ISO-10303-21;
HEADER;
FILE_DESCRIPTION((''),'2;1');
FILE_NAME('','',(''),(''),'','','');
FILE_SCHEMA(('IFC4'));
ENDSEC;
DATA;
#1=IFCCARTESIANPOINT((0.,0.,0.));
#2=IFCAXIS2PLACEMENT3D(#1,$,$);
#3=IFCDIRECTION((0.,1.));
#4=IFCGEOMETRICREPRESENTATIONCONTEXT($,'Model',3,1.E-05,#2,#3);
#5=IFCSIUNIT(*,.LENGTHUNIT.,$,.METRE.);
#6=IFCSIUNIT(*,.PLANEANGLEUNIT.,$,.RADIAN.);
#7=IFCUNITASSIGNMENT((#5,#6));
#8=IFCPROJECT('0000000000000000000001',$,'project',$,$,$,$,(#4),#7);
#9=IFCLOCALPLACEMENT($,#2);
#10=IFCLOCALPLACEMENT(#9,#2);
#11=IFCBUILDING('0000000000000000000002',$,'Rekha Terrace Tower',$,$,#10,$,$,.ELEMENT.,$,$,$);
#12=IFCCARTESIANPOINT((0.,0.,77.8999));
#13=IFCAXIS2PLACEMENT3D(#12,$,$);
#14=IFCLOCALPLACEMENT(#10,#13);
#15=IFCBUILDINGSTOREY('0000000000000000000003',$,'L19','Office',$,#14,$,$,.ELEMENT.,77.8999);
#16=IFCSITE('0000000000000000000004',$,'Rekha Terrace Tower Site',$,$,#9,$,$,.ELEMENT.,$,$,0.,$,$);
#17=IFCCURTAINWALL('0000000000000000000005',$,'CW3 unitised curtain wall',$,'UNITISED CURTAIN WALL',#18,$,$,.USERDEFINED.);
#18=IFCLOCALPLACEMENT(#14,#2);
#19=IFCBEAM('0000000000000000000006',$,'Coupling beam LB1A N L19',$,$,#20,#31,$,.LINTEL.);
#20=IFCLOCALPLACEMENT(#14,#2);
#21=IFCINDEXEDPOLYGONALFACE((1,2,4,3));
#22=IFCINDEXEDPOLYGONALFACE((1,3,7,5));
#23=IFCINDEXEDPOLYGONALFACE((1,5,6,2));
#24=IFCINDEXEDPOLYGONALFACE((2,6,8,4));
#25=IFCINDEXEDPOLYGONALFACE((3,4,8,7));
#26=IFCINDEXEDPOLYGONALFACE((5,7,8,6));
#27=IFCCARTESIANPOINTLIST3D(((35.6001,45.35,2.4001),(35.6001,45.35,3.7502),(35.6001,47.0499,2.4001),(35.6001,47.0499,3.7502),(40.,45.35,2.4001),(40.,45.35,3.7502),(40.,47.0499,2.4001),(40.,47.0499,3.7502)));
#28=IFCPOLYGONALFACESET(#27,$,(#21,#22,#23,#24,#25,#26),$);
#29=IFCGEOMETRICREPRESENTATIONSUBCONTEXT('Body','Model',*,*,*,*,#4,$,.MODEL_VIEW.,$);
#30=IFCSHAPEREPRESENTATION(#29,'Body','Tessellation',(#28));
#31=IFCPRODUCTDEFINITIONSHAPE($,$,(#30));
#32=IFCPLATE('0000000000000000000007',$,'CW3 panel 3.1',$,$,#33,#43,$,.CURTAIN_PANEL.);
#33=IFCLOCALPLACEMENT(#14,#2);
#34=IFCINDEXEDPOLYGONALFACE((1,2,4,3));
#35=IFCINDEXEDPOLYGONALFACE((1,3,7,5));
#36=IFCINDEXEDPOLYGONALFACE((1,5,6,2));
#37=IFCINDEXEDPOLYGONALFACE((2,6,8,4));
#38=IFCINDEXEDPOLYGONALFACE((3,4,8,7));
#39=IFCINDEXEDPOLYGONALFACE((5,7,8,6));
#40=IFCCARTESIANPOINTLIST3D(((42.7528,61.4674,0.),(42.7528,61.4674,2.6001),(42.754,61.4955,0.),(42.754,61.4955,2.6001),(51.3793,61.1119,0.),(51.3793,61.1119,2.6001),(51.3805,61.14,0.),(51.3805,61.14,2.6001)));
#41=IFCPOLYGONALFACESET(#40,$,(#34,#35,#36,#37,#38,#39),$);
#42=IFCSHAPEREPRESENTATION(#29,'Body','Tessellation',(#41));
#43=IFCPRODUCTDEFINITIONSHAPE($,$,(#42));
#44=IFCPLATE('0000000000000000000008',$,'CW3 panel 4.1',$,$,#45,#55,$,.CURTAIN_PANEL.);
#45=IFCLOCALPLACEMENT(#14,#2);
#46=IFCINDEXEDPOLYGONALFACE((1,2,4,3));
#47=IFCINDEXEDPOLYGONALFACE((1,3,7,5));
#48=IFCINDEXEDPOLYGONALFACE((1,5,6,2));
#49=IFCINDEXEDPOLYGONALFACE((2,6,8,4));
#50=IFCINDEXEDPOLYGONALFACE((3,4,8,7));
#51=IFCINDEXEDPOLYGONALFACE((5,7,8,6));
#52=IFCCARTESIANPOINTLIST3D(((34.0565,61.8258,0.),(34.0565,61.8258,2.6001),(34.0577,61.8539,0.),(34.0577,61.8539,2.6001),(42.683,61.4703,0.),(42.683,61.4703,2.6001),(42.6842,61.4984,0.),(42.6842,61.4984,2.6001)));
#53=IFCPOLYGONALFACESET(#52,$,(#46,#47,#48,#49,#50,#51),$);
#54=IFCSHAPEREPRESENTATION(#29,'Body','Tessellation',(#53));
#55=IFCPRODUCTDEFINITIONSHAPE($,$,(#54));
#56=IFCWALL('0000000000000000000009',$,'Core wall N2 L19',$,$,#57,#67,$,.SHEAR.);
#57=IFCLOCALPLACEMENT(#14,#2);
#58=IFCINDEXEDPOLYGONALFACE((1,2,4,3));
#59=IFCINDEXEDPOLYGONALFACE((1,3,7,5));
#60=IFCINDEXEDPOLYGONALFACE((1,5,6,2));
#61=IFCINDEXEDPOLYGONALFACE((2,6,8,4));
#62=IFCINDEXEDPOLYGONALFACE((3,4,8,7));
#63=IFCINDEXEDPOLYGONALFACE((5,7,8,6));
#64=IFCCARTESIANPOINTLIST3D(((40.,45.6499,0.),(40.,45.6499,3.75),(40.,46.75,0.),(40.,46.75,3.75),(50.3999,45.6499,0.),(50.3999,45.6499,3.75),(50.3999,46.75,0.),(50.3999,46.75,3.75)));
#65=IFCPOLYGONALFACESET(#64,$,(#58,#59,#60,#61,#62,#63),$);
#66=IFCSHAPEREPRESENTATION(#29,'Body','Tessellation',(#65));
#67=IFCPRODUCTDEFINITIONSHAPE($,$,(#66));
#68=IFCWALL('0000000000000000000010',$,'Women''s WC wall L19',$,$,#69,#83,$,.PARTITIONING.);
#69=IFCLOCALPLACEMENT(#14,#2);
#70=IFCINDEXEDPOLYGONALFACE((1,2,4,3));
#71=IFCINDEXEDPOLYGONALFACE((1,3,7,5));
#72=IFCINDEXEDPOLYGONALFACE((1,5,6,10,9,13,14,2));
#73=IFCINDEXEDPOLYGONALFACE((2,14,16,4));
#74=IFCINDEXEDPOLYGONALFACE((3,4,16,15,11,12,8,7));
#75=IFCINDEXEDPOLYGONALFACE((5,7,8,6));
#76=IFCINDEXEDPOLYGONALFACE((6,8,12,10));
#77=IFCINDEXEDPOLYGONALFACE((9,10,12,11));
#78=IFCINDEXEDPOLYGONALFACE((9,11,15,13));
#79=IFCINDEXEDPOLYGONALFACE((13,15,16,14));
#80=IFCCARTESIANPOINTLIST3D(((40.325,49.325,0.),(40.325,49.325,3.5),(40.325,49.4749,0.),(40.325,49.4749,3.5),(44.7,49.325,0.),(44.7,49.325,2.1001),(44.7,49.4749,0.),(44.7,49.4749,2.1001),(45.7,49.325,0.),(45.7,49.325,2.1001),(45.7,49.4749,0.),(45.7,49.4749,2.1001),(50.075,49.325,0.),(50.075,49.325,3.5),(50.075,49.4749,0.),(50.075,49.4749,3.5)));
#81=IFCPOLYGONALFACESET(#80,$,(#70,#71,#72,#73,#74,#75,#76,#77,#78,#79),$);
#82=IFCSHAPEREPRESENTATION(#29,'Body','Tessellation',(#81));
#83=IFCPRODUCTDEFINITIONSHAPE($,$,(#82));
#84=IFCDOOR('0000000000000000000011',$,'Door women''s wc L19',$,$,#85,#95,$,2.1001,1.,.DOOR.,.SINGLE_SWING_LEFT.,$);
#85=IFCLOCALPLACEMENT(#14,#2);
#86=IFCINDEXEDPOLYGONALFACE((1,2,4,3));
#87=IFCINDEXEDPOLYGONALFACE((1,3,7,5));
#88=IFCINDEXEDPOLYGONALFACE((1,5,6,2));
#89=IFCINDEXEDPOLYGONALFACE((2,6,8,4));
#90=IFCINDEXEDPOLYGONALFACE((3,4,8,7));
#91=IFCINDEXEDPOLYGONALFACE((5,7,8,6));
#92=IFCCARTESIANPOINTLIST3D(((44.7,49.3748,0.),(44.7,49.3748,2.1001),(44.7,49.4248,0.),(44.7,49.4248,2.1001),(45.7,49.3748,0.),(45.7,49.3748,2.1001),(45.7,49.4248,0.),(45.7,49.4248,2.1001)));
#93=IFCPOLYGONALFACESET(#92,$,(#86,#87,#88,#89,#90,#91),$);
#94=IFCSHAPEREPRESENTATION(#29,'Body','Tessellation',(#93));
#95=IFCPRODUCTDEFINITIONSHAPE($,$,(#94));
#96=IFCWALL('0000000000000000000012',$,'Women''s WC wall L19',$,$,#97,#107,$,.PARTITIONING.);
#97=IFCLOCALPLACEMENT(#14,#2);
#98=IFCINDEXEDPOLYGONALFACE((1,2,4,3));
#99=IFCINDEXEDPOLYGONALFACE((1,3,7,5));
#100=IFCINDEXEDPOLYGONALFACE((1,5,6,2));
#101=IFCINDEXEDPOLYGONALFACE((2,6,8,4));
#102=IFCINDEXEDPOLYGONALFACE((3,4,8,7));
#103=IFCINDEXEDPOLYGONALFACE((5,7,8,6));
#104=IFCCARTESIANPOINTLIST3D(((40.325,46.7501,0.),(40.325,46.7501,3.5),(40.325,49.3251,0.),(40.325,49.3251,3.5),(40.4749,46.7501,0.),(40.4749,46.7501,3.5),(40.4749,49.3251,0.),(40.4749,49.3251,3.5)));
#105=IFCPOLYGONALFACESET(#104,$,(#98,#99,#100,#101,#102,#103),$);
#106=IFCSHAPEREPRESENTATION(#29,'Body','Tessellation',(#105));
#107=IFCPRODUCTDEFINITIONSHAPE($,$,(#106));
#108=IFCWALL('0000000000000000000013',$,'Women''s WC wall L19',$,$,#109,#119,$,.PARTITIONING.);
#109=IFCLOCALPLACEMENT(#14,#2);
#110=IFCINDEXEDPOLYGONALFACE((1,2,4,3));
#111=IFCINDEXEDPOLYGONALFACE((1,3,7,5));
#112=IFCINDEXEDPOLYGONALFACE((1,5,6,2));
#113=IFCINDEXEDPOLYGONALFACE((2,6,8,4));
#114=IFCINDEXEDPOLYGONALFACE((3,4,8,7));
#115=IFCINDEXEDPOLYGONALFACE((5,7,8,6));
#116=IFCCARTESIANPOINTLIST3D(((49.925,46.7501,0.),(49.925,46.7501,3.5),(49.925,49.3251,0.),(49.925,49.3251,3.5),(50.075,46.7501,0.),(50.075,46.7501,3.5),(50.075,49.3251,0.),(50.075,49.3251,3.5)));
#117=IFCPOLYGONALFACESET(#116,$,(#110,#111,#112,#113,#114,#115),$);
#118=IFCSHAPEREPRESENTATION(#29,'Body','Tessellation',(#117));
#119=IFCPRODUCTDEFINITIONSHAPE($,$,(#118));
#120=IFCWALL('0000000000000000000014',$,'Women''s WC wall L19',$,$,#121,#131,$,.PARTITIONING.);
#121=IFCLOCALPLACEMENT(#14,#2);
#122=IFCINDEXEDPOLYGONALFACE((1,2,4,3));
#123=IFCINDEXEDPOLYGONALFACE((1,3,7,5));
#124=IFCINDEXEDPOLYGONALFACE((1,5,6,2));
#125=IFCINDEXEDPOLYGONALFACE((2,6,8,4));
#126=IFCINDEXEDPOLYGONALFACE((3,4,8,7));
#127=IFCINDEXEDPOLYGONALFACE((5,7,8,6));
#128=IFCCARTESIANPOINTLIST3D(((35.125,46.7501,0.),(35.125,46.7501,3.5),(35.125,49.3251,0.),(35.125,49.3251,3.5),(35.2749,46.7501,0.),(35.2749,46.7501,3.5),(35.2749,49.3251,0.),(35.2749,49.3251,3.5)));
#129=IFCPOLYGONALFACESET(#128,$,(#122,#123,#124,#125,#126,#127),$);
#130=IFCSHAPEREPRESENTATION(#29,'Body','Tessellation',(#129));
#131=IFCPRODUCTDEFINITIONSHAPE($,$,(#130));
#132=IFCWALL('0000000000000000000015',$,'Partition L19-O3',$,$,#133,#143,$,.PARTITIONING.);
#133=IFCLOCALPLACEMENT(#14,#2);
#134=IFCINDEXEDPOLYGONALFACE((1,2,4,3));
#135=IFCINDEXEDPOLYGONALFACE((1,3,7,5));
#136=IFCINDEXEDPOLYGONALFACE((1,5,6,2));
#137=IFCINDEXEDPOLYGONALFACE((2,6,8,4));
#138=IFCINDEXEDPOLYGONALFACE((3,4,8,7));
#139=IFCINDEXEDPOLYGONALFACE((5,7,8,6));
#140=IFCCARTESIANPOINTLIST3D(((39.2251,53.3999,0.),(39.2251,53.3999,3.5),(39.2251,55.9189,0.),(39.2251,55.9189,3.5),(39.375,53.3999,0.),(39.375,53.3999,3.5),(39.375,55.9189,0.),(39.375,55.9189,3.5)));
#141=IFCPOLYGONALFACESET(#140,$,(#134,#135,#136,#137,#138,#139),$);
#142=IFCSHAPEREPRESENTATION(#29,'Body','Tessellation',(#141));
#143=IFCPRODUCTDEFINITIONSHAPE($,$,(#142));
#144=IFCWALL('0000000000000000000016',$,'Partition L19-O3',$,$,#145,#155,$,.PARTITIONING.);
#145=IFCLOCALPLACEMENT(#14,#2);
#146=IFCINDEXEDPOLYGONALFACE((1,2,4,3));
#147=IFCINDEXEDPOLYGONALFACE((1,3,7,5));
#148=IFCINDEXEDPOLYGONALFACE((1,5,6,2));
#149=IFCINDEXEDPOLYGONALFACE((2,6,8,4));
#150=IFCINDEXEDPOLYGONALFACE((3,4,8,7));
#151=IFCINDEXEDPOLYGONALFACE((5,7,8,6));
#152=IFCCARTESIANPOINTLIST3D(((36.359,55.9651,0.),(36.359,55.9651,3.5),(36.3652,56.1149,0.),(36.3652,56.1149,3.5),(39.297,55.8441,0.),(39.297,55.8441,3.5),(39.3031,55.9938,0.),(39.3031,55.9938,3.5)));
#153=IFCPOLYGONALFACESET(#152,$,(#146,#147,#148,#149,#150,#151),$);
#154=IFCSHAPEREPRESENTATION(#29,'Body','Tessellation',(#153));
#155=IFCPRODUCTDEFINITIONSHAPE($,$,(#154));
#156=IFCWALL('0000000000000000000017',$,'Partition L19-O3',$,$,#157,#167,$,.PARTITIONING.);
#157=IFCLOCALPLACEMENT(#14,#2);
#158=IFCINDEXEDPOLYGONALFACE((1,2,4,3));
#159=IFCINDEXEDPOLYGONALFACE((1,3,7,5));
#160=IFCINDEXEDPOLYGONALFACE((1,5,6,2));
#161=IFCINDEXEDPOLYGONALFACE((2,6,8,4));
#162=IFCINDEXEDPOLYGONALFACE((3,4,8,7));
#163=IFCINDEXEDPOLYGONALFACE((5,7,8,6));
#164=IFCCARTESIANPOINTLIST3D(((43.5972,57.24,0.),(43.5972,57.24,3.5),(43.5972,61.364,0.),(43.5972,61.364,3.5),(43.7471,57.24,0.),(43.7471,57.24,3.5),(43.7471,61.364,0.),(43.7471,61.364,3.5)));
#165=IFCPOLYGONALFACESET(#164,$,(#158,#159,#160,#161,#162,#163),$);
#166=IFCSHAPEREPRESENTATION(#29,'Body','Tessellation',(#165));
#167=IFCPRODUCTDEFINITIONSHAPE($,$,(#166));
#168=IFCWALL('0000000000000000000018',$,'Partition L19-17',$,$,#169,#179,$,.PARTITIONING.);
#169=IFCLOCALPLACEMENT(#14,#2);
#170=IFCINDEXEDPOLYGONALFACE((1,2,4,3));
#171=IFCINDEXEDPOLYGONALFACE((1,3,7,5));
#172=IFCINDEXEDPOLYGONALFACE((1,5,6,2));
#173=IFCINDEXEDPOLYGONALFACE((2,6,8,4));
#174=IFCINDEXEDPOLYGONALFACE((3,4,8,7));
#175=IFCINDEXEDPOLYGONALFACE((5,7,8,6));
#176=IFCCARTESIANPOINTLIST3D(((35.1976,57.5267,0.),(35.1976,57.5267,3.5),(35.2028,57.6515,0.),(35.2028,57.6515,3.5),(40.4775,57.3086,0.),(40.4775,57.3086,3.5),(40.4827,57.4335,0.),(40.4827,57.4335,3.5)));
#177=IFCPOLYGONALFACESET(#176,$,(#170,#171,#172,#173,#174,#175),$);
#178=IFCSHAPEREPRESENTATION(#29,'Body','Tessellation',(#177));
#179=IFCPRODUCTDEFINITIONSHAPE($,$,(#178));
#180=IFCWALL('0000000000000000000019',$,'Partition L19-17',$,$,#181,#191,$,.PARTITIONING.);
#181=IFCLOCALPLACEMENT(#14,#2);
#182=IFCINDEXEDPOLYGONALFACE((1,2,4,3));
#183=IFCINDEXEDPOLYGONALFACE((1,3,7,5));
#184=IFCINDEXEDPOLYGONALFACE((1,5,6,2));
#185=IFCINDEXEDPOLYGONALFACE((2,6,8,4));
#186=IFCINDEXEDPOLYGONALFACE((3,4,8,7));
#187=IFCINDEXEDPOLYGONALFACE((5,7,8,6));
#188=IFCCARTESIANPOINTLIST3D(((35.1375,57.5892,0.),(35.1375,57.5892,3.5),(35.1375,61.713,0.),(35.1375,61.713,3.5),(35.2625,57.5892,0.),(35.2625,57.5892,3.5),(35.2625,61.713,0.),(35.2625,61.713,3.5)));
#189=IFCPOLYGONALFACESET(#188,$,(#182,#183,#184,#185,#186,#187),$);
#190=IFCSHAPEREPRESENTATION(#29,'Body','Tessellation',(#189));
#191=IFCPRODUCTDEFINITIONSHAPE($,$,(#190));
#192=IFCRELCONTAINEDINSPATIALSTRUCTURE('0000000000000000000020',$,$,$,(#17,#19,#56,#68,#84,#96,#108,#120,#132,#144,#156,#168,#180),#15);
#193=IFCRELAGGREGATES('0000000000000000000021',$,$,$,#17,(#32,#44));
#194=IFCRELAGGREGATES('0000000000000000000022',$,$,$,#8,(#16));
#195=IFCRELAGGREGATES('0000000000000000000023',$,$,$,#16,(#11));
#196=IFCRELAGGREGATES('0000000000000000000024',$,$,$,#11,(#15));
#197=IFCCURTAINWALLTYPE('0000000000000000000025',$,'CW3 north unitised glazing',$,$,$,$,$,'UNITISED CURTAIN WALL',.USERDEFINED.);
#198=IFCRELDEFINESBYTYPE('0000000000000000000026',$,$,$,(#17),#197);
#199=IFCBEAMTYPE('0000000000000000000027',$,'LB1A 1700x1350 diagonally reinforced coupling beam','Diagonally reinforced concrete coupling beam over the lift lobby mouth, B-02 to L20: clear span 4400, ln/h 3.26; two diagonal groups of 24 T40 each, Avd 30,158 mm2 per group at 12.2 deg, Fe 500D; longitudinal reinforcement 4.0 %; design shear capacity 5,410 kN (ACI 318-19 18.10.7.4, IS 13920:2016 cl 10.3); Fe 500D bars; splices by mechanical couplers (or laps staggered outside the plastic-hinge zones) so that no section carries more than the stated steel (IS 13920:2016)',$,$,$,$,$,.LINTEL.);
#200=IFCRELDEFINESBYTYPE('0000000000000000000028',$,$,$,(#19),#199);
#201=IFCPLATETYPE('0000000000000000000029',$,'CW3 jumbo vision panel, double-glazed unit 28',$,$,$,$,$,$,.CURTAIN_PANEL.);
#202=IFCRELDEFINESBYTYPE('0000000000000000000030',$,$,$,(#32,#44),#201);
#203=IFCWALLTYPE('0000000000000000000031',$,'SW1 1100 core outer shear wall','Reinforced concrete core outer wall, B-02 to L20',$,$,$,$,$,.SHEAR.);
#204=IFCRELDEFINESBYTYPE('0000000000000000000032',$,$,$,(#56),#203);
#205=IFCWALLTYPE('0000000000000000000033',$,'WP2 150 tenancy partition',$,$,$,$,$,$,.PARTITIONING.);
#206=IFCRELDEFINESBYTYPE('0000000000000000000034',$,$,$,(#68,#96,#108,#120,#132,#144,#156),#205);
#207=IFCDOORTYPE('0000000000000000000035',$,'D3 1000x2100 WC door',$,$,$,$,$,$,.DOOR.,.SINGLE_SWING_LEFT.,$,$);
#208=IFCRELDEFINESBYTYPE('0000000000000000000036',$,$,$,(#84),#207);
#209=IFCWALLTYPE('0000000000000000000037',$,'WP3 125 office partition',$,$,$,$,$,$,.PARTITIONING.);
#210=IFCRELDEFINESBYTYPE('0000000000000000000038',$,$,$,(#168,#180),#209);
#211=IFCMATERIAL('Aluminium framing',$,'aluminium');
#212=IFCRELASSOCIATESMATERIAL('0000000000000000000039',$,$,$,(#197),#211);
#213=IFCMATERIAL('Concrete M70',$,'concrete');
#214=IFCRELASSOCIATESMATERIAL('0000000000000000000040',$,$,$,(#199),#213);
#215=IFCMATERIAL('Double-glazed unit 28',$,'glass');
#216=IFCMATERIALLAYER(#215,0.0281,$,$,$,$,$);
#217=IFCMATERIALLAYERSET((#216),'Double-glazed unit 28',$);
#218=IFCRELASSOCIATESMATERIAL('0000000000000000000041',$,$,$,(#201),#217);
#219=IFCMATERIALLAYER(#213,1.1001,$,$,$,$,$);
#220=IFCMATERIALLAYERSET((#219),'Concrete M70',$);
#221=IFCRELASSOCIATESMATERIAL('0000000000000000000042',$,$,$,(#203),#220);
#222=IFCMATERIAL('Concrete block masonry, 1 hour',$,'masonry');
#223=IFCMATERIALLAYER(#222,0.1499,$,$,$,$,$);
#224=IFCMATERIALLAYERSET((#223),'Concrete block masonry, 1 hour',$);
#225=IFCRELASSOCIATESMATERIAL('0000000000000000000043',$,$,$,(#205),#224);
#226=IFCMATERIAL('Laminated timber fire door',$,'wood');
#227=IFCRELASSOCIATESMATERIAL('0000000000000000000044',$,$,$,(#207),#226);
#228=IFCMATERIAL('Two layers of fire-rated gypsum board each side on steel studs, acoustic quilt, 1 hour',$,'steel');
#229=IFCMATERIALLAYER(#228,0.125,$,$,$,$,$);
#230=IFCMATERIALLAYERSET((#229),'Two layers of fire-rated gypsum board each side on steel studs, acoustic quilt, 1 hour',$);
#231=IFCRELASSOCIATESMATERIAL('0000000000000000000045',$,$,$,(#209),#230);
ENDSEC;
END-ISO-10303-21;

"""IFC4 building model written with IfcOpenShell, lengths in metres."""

from ifc_helpers import new_model, si_unit, direction, frame, frame_2d, origin, origin_2d, place, context, subcontext, project, spatial, rectangle, extrude, material, layer, layer_set, material_profile, profile_set, type_object, element, fill, aggregate, save


model = new_model("IFC4")

# Units and contexts
model_context = context("Model", 3, precision=1e-05, world=origin(), true_north=direction((0.0, 1.0)))
body_context = subcontext(model_context, "Body", "Model", "MODEL_VIEW")
ifc_project = project(units=[si_unit("LENGTHUNIT", "METRE"), si_unit("PLANEANGLEUNIT", "RADIAN")], contexts=[model_context])

# Site, building, storey
site_placement = place(None, origin())
site = spatial("IfcSite", under=ifc_project, at=site_placement, Name="Rekha Terrace Tower Site", CompositionType="ELEMENT", RefElevation=0.0)
building_placement = place(site_placement, origin())
building = spatial("IfcBuilding", under=site, at=building_placement, Name="Rekha Terrace Tower", CompositionType="ELEMENT")
storey_placement = place(building_placement, frame((0.0, 0.0, 77.8999)))
storey = spatial("IfcBuildingStorey", under=building, at=storey_placement, Name="L19", Description="Office", CompositionType="ELEMENT", Elevation=77.8999)

# Shared definitions
ifc_material_1 = material(Name="Concrete M70", Category="concrete")

# Curtain wall
ifc_material_2 = material(Name="Aluminium framing", Category="aluminium")
curtain_wall_type = type_object("IfcCurtainWallType", Name="CW3 north unitised glazing", ElementType="UNITISED CURTAIN WALL", PredefinedType="USERDEFINED", material=ifc_material_2)
curtain_wall_placement = place(storey_placement, origin())
curtain_wall = element("IfcCurtainWall", 1, at=curtain_wall_placement, inside=storey, type_object=curtain_wall_type, Name="CW3 unitised curtain wall", ObjectType="UNITISED CURTAIN WALL", PredefinedType="USERDEFINED")

# Beam
ifc_material_profile_1 = material_profile(ifc_material_1, rectangle(XDim=1.7, YDim=1.3501, at=origin_2d()), Name="RC 1700x1350")
ifc_profile_set_1 = profile_set([ifc_material_profile_1], Name="Concrete M70")
beam_type = type_object("IfcBeamType", Name="LB1A 1700x1350 diagonally reinforced coupling beam", Description="Diagonally reinforced concrete coupling beam over the lift lobby mouth, B-02 to L20: clear span 4400, ln/h 3.26; two diagonal groups of 24 T40 each, Avd 30,158 mm2 per group at 12.2 deg, Fe 500D; longitudinal reinforcement 4.0 %; design shear capacity 5,410 kN (ACI 318-19 18.10.7.4, IS 13920:2016 cl 10.3); Fe 500D bars; splices by mechanical couplers (or laps staggered outside the plastic-hinge zones) so that no section carries more than the stated steel (IS 13920:2016)", PredefinedType="LINTEL", material=ifc_profile_set_1)
beam_placement = place(storey_placement, frame((35.6001, 46.2, 3.0752), z_axis=(1.0, 0.0, 0.0), x_axis=(0.0, 1.0, 0.0)))
element("IfcBeam", 2, at=beam_placement, inside=storey, type_object=beam_type, Name="Coupling beam LB1A N L19", PredefinedType="LINTEL", context=body_context, shape_type="SweptSolid", body=[
    extrude(rectangle(XDim=1.7, YDim=1.3501, at=origin_2d()), origin(), (0.0, 0.0, 1.0), 4.3999),
])

# Plates
ifc_material_3 = material(Name="Double-glazed unit 28", Category="glass")
ifc_layer_1 = layer(ifc_material_3, 0.0281)
ifc_layer_set_1 = layer_set([ifc_layer_1], Name="Double-glazed unit 28")
plate_type = type_object("IfcPlateType", Name="CW3 jumbo vision panel, double-glazed unit 28", PredefinedType="CURTAIN_PANEL", material=ifc_layer_set_1)
plate_1_placement = place(storey_placement, frame((47.0667, 61.3037, 0.0), z_axis=(0.0, 0.0, 1.0), x_axis=(-0.999152, 0.041174, 0.0)))
plate_1 = element("IfcPlate", 3, at=plate_1_placement, type_object=plate_type, Name="CW3 panel 3.1", PredefinedType="CURTAIN_PANEL", context=body_context, shape_type="SweptSolid", body=[
    extrude(rectangle(XDim=8.6338, YDim=0.0281, at=origin_2d()), origin(), (0.0, 0.0, 1.0), 2.6001),
])
plate_2_placement = place(storey_placement, frame((38.3704, 61.6621, 0.0), z_axis=(0.0, 0.0, 1.0), x_axis=(-0.999152, 0.041174, 0.0)))
plate_2 = element("IfcPlate", 4, at=plate_2_placement, type_object=plate_type, Name="CW3 panel 4.1", PredefinedType="CURTAIN_PANEL", context=body_context, shape_type="SweptSolid", body=[
    extrude(rectangle(XDim=8.6338, YDim=0.0281, at=origin_2d()), origin(), (0.0, 0.0, 1.0), 2.6001),
])
aggregate(curtain_wall, [plate_1, plate_2])

# Wall
ifc_layer_2 = layer(ifc_material_1, 1.1001)
ifc_layer_set_2 = layer_set([ifc_layer_2], Name="Concrete M70")
wall_type_1 = type_object("IfcWallType", Name="SW1 1100 core outer shear wall", Description="Reinforced concrete core outer wall, B-02 to L20", PredefinedType="SHEAR", material=ifc_layer_set_2)
wall_1_placement = place(storey_placement, frame((40.0, 46.2, 0.0), z_axis=(0.0, 0.0, 1.0), x_axis=(1.0, 0.0, 0.0)))
element("IfcWall", 5, at=wall_1_placement, inside=storey, type_object=wall_type_1, Name="Core wall N2 L19", PredefinedType="SHEAR", context=body_context, shape_type="SweptSolid", body=[
    extrude(rectangle(XDim=10.3999, YDim=1.1001, at=frame_2d((5.2, 0.0))), origin(), (0.0, 0.0, 1.0), 3.75),
])

# Wall, opening, door
ifc_material_4 = material(Name="Concrete block masonry, 1 hour", Category="masonry")
ifc_layer_3 = layer(ifc_material_4, 0.1499)
ifc_layer_set_3 = layer_set([ifc_layer_3], Name="Concrete block masonry, 1 hour")
wall_type_2 = type_object("IfcWallType", Name="WP2 150 tenancy partition", PredefinedType="PARTITIONING", material=ifc_layer_set_3)
wall_2_placement = place(storey_placement, frame((40.325, 49.3999, 0.0), z_axis=(0.0, 0.0, 1.0), x_axis=(1.0, 0.0, 0.0)))
wall_2 = element("IfcWall", 6, at=wall_2_placement, inside=storey, type_object=wall_type_2, Name="Women's WC wall L19", PredefinedType="PARTITIONING", context=body_context, shape_type="SweptSolid", body=[
    extrude(rectangle(XDim=9.75, YDim=0.1499, at=frame_2d((4.875, 0.0))), origin(), (0.0, 0.0, 1.0), 3.5),
])
opening_1_placement = place(wall_2_placement, frame((4.375, 0.0, 0.0)))
opening_1 = element("IfcOpeningElement", 7, at=opening_1_placement, cuts=wall_2, PredefinedType="OPENING", context=body_context, shape_type="SweptSolid", body=[
    extrude(rectangle(XDim=1.0, YDim=2.1001, at=frame_2d((0.5, 1.05))), frame((0.0, 0.085, 0.0), z_axis=(0.0, -1.0, 0.0), x_axis=(1.0, 0.0, 0.0)), (0.0, 0.0, 1.0), 0.1699),
])
ifc_material_5 = material(Name="Laminated timber fire door", Category="wood")
door_type_1 = type_object("IfcDoorType", Name="D3 1000x2100 WC door", OperationType="SINGLE_SWING_LEFT", PredefinedType="DOOR", material=ifc_material_5)
door_1_placement = place(opening_1_placement, origin())
door_1 = element("IfcDoor", 8, at=door_1_placement, inside=storey, type_object=door_type_1, Name="Door women's wc L19", OperationType="SINGLE_SWING_LEFT", OverallHeight=2.1001, OverallWidth=1.0, PredefinedType="DOOR", context=body_context, shape_type="SweptSolid", body=[
    extrude(rectangle(XDim=1.0, YDim=2.1001, at=frame_2d((0.5, 1.05))), frame((0.0, 0.0249, 0.0), z_axis=(0.0, -1.0, 0.0), x_axis=(1.0, 0.0, 0.0)), (0.0, 0.0, 1.0), 0.05),
])
fill(opening_1, door_1)

# Walls
for number, where, z_axis, x_axis, name in (
    (9, (40.3999, 46.75, 0.0), (0.0, 0.0, 1.0), (0.0, 1.0, 0.0), "Women's WC wall L19"),
    (10, (50.0, 46.75, 0.0), (0.0, 0.0, 1.0), (0.0, 1.0, 0.0), "Women's WC wall L19"),
    (11, (35.2, 46.75, 0.0), (0.0, 0.0, 1.0), (0.0, 1.0, 0.0), "Women's WC wall L19"),
):
    element("IfcWall", number, at=place(storey_placement, frame(where, z_axis=z_axis, x_axis=x_axis)), inside=storey, type_object=wall_type_2, Name=name, PredefinedType="PARTITIONING", context=body_context, shape_type="SweptSolid", body=[
        extrude(rectangle(XDim=2.575, YDim=0.1499, at=frame_2d((1.2876, 0.0))), origin(), (0.0, 0.0, 1.0), 3.5),
    ])
wall_3_placement = place(storey_placement, frame((39.3, 53.3999, 0.0), z_axis=(0.0, 0.0, 1.0), x_axis=(0.0, 1.0, 0.0)))
element("IfcWall", 12, at=wall_3_placement, inside=storey, type_object=wall_type_2, Name="Partition L19-O3", PredefinedType="PARTITIONING", context=body_context, shape_type="SweptSolid", body=[
    extrude(rectangle(XDim=2.519, YDim=0.1499, at=frame_2d((1.2595, 0.0))), origin(), (0.0, 0.0, 1.0), 3.5),
])
wall_4_placement = place(storey_placement, frame((39.3, 55.9189, 0.0), z_axis=(0.0, 0.0, 1.0), x_axis=(-0.999152, 0.041182, 0.0)))
element("IfcWall", 13, at=wall_4_placement, inside=storey, type_object=wall_type_2, Name="Partition L19-O3", PredefinedType="PARTITIONING", context=body_context, shape_type="SweptSolid", body=[
    extrude(rectangle(XDim=2.9404, YDim=0.1499, at=frame_2d((1.4702, 0.0))), origin(), (0.0, 0.0, 1.0), 3.5),
])
wall_5_placement = place(storey_placement, frame((43.6721, 57.24, 0.0), z_axis=(0.0, 0.0, 1.0), x_axis=(0.0, 1.0, 0.0)))
element("IfcWall", 14, at=wall_5_placement, inside=storey, type_object=wall_type_2, Name="Partition L19-O3", PredefinedType="PARTITIONING", context=body_context, shape_type="SweptSolid", body=[
    extrude(rectangle(XDim=4.124, YDim=0.1499, at=frame_2d((2.062, 0.0))), origin(), (0.0, 0.0, 1.0), 3.5),
])
ifc_material_6 = material(Name="Two layers of fire-rated gypsum board each side on steel studs, acoustic quilt, 1 hour", Category="steel")
ifc_layer_4 = layer(ifc_material_6, 0.125)
ifc_layer_set_4 = layer_set([ifc_layer_4], Name="Two layers of fire-rated gypsum board each side on steel studs, acoustic quilt, 1 hour")
wall_type_3 = type_object("IfcWallType", Name="WP3 125 office partition", PredefinedType="PARTITIONING", material=ifc_layer_set_4)
wall_6_placement = place(storey_placement, frame((40.48, 57.3711, 0.0), z_axis=(0.0, 0.0, 1.0), x_axis=(-0.999149, 0.041256, 0.0)))
element("IfcWall", 15, at=wall_6_placement, inside=storey, type_object=wall_type_3, Name="Partition L19-17", PredefinedType="PARTITIONING", context=body_context, shape_type="SweptSolid", body=[
    extrude(rectangle(XDim=5.2844, YDim=0.125, at=frame_2d((2.6421, 0.0))), origin(), (0.0, 0.0, 1.0), 3.5),
])
wall_7_placement = place(storey_placement, frame((35.2, 57.5891, 0.0), z_axis=(0.0, 0.0, 1.0), x_axis=(0.0, 1.0, 0.0)))
element("IfcWall", 16, at=wall_7_placement, inside=storey, type_object=wall_type_3, Name="Partition L19-17", PredefinedType="PARTITIONING", context=body_context, shape_type="SweptSolid", body=[
    extrude(rectangle(XDim=4.1238, YDim=0.125, at=frame_2d((2.062, 0.0))), origin(), (0.0, 0.0, 1.0), 3.5),
])

save(model, "model.ifc")
